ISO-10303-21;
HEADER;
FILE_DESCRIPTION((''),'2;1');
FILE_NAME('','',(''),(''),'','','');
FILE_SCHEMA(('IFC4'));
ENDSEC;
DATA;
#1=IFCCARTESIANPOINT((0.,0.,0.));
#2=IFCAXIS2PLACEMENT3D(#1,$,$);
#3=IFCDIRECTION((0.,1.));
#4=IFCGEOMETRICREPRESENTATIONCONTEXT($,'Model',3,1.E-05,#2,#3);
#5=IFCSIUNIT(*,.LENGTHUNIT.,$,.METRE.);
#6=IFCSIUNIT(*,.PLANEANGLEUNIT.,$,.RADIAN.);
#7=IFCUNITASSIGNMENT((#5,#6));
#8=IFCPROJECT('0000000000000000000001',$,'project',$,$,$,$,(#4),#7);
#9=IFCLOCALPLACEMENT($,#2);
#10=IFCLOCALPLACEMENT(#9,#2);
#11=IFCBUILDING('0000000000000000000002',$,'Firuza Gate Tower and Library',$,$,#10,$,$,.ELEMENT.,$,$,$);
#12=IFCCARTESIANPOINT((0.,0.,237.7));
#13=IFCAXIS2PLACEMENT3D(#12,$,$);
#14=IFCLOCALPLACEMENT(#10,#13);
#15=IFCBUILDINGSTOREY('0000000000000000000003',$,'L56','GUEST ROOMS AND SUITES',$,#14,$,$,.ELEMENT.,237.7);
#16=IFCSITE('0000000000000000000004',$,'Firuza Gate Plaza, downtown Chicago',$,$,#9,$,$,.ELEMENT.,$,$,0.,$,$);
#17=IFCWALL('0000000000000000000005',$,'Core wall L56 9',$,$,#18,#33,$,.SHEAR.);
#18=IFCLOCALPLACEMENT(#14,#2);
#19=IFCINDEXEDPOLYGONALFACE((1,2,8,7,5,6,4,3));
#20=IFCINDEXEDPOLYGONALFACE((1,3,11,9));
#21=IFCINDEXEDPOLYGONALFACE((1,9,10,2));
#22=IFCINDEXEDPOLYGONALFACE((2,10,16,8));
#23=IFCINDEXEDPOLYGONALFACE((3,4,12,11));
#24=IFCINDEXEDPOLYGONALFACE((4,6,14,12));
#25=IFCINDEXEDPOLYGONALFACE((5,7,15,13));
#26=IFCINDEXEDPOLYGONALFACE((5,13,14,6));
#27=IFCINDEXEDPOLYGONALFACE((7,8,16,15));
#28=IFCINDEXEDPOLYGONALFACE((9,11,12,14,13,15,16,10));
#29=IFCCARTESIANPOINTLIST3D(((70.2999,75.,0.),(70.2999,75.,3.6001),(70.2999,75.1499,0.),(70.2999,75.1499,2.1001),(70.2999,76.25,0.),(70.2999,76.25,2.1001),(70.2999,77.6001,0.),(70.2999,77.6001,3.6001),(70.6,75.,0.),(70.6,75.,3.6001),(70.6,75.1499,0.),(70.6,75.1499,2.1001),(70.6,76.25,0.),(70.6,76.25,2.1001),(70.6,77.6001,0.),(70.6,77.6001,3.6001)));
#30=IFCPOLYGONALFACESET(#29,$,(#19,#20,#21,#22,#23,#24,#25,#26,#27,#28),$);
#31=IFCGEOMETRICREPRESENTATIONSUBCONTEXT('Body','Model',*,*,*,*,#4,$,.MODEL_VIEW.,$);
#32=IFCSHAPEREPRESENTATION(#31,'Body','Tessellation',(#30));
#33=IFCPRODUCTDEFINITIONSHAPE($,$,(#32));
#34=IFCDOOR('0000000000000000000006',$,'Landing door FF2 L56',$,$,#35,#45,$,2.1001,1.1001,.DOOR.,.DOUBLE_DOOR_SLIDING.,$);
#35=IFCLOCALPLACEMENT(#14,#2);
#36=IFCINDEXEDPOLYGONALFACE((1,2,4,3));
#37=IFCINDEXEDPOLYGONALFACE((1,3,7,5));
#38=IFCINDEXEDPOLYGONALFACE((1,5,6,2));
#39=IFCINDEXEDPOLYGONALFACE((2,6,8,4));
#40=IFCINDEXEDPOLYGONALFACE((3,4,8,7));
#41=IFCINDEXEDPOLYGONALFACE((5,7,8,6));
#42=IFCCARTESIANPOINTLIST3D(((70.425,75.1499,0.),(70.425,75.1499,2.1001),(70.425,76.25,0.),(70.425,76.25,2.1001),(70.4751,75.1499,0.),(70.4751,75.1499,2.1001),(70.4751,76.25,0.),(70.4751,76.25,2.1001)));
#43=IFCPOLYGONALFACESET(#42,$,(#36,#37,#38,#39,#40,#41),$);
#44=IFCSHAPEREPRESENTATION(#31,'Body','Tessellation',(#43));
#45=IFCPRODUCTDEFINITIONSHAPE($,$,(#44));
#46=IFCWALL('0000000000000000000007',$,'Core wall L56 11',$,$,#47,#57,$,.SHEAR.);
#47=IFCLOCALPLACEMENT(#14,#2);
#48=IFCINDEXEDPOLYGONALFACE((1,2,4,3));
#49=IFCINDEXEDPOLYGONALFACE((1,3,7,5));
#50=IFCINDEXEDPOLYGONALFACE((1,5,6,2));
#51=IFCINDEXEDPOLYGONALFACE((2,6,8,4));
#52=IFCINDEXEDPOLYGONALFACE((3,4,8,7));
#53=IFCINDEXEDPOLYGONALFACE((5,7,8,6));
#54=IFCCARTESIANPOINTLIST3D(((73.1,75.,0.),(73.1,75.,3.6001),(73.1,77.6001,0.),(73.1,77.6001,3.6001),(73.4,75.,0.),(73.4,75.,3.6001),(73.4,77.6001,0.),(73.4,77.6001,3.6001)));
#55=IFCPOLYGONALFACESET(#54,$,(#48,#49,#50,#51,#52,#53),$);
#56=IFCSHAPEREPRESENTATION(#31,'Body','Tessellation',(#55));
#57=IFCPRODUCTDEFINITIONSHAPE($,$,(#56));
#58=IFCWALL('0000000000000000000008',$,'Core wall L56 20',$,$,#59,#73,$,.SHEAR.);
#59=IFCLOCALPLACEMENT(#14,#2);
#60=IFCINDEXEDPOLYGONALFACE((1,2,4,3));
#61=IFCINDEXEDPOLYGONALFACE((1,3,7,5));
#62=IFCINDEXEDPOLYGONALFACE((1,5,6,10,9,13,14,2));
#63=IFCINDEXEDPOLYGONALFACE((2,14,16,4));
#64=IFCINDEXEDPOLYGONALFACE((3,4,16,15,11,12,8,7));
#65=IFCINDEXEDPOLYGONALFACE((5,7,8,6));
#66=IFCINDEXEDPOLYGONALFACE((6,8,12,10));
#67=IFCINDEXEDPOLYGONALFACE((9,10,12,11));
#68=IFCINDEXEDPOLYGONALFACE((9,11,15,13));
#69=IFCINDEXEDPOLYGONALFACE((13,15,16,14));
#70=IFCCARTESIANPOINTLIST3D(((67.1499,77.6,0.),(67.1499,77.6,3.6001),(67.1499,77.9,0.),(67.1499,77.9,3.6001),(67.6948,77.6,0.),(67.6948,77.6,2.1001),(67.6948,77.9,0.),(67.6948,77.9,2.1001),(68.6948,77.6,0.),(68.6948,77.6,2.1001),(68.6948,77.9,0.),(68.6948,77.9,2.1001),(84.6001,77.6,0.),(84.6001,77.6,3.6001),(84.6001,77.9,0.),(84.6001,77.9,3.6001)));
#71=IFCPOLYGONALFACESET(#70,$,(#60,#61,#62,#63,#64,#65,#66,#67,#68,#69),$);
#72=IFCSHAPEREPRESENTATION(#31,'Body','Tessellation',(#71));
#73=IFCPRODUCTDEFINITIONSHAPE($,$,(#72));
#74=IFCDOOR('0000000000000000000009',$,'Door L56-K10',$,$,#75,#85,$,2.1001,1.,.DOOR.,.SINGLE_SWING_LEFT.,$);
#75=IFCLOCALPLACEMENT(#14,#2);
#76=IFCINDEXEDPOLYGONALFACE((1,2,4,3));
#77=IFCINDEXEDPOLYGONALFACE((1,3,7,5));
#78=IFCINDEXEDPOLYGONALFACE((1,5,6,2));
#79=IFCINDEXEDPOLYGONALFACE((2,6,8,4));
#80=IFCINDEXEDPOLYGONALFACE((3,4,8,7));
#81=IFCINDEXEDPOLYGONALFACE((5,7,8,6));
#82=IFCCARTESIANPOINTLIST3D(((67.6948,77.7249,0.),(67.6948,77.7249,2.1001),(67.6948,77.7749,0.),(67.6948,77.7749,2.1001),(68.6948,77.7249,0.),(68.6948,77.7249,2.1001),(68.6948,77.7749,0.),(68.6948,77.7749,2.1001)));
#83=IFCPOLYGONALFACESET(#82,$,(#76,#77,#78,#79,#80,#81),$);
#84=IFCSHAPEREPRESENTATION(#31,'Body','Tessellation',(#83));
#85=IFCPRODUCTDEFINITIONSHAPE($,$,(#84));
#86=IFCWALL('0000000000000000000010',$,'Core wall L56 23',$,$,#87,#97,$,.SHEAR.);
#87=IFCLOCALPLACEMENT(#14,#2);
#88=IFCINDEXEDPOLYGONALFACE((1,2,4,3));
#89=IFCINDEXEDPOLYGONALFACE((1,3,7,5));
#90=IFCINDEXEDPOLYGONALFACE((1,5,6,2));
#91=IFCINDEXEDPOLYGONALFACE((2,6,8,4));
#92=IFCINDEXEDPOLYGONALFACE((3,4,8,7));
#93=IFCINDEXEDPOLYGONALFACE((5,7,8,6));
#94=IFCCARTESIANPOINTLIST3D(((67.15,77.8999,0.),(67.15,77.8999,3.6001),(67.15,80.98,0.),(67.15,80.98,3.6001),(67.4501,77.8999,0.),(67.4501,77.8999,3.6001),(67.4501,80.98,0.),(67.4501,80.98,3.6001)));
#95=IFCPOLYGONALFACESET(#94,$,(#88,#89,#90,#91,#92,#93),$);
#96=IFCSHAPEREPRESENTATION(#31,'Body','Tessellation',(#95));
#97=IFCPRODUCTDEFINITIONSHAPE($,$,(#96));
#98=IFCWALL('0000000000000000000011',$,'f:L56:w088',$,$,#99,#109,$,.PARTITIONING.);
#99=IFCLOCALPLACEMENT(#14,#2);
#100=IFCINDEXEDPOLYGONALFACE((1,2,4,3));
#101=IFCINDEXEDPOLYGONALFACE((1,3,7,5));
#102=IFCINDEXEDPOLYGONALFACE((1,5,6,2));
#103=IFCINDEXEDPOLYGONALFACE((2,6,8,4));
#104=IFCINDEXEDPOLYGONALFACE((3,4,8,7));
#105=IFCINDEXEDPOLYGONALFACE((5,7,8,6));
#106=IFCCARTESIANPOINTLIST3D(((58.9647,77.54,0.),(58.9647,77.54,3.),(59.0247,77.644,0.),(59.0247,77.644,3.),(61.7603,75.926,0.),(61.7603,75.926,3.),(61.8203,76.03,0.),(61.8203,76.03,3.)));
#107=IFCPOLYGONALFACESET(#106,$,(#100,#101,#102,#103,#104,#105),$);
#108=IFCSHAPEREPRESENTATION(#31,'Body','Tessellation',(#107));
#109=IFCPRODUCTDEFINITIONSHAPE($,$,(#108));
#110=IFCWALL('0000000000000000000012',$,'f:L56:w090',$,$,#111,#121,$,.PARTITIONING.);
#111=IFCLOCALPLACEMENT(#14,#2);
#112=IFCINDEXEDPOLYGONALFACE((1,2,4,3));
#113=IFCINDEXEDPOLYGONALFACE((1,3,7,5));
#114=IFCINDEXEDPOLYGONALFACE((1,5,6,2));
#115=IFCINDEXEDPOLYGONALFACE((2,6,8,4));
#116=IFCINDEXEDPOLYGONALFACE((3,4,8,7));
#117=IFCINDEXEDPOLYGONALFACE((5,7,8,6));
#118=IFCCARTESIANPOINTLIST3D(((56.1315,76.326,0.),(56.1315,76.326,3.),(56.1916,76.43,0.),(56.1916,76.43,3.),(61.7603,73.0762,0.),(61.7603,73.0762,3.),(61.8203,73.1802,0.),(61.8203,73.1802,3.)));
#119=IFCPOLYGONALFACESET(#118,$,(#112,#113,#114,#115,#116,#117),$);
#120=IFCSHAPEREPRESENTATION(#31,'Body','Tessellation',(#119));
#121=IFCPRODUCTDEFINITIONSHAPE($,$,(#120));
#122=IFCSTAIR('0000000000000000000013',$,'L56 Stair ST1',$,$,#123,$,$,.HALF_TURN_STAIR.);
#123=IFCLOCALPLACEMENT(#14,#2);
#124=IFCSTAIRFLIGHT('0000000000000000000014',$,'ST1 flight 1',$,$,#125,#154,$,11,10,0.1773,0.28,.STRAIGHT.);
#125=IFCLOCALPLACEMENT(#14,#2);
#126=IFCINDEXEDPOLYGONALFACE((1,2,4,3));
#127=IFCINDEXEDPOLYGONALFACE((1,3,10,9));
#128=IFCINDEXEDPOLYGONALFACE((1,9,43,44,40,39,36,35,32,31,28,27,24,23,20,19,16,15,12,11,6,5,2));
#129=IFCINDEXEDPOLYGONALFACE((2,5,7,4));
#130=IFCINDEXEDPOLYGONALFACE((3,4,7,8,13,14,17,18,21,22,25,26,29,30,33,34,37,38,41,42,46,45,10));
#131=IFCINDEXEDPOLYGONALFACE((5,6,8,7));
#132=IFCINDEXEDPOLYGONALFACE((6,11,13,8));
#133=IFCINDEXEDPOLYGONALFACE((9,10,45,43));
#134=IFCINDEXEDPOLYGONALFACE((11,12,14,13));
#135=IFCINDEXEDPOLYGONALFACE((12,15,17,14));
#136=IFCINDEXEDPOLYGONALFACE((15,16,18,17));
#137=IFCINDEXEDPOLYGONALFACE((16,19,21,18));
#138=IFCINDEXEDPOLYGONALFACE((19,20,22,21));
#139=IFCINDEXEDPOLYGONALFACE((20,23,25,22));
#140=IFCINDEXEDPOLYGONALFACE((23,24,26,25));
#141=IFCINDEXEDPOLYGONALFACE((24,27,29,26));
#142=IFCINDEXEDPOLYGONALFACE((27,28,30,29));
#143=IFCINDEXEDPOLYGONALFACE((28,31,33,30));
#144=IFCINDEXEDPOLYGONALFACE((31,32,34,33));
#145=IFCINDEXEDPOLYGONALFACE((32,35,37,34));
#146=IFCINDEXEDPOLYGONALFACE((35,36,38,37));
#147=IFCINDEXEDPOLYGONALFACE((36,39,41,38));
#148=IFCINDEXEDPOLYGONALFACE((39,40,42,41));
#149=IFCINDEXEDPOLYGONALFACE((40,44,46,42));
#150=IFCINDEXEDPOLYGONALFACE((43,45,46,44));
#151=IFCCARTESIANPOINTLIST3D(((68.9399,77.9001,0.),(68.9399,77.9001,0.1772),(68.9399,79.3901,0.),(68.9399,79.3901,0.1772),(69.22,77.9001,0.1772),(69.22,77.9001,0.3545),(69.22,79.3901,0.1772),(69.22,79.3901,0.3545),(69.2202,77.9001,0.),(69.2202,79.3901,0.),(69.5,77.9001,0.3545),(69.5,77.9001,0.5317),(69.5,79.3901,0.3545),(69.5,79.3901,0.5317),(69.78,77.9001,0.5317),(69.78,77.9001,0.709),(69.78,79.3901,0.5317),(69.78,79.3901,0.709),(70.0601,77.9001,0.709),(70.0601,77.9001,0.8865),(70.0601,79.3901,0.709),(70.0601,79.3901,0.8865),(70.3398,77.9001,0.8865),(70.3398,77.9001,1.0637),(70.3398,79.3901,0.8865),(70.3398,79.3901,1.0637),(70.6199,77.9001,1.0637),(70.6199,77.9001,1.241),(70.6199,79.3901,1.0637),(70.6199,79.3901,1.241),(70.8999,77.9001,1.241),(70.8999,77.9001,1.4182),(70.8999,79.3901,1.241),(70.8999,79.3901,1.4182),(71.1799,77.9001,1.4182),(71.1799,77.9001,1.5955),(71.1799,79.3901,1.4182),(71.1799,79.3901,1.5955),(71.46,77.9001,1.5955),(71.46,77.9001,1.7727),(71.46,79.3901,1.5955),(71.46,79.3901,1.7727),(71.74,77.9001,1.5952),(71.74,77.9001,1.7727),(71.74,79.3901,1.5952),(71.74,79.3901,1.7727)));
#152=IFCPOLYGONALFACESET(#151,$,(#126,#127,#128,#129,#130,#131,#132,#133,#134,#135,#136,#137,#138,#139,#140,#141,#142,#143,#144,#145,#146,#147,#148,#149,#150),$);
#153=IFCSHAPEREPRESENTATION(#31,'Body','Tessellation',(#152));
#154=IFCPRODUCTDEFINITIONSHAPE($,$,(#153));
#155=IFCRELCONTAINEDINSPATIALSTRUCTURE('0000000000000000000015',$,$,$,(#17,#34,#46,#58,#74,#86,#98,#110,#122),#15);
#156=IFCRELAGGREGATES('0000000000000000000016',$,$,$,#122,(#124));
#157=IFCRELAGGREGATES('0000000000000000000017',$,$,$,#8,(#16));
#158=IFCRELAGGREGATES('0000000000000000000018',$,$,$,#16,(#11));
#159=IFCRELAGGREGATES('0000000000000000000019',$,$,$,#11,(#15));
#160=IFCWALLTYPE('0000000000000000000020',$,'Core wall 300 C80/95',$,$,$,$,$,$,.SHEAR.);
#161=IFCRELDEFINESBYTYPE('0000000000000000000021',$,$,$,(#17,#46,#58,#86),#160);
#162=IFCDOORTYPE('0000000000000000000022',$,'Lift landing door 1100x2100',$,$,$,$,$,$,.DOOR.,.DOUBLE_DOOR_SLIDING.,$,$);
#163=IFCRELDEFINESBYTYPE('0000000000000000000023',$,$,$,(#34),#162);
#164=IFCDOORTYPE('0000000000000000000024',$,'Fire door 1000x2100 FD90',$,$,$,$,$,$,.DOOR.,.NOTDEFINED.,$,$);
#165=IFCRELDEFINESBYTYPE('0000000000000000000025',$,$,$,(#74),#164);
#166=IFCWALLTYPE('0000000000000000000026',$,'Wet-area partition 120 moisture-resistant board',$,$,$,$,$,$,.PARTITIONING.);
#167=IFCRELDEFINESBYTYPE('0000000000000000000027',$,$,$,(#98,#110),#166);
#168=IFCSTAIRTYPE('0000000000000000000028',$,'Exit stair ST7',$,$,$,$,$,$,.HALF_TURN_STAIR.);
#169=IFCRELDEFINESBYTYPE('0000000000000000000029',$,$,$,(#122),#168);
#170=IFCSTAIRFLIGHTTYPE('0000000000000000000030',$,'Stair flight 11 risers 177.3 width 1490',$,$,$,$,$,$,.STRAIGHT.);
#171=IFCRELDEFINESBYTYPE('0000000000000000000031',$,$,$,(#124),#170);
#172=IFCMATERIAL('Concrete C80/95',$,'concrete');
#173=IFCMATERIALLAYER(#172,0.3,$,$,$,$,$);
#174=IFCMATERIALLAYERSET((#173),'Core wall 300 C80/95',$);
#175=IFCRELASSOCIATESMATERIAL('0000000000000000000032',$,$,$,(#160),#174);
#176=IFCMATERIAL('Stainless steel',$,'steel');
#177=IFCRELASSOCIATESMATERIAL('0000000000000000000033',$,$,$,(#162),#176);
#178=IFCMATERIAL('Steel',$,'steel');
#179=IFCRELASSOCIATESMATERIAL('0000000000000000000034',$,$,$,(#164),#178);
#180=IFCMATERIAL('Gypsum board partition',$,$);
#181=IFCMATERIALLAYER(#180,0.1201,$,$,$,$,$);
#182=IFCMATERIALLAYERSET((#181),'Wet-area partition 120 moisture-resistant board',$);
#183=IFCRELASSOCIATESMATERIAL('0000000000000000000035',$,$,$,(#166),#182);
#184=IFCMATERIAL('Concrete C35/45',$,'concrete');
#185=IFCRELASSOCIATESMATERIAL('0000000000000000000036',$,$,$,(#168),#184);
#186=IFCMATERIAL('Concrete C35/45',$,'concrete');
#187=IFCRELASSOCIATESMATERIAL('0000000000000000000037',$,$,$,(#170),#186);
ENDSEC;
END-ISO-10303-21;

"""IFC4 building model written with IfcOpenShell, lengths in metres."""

from ifc_helpers import new_model, si_unit, direction, frame, frame_2d, origin, place, context, subcontext, project, spatial, polyline, rectangle, outline, extrude, material, layer, layer_set, type_object, element, fill, aggregate, save


model = new_model("IFC4")

# Units and contexts
model_context = context("Model", 3, precision=1e-05, world=origin(), true_north=direction((0.0, 1.0)))
body_context = subcontext(model_context, "Body", "Model", "MODEL_VIEW")
ifc_project = project(units=[si_unit("LENGTHUNIT", "METRE"), si_unit("PLANEANGLEUNIT", "RADIAN")], contexts=[model_context])

# Site, building, storey
site_placement = place(None, origin())
site = spatial("IfcSite", under=ifc_project, at=site_placement, Name="Firuza Gate Plaza, downtown Chicago", CompositionType="ELEMENT", RefElevation=0.0)
building_placement = place(site_placement, origin())
building = spatial("IfcBuilding", under=site, at=building_placement, Name="Firuza Gate Tower and Library", CompositionType="ELEMENT")
storey_placement = place(building_placement, frame((0.0, 0.0, 237.7)))
storey = spatial("IfcBuildingStorey", under=building, at=storey_placement, Name="L56", Description="GUEST ROOMS AND SUITES", CompositionType="ELEMENT", Elevation=237.7)

# Shared definitions
ifc_material_1 = material(Name="Concrete C80/95", Category="concrete")
ifc_layer_1 = layer(ifc_material_1, 0.3)
ifc_layer_set_1 = layer_set([ifc_layer_1], Name="Core wall 300 C80/95")
wall_type_1 = type_object("IfcWallType", Name="Core wall 300 C80/95", PredefinedType="SHEAR", material=ifc_layer_set_1)
ifc_material_2 = material(Name="Stainless steel", Category="steel")
door_type_1 = type_object("IfcDoorType", Name="Lift landing door 1100x2100", OperationType="DOUBLE_DOOR_SLIDING", PredefinedType="DOOR", material=ifc_material_2)

# Wall, opening, door
wall_1_placement = place(storey_placement, frame((70.45, 75.0, 0.0), z_axis=(0.0, 0.0, 1.0), x_axis=(0.0, 1.0, 0.0)))
wall_1 = element("IfcWall", 1, at=wall_1_placement, inside=storey, type_object=wall_type_1, Name="Core wall L56 9", PredefinedType="SHEAR", context=body_context, shape_type="SweptSolid", body=[
    extrude(rectangle(XDim=2.6001, YDim=0.3, at=frame_2d((1.3, 0.0))), origin(), (0.0, 0.0, 1.0), 3.6001),
])
opening_1_placement = place(wall_1_placement, frame((0.1499, 0.0, 0.0)))
opening_1 = element("IfcOpeningElement", 2, at=opening_1_placement, cuts=wall_1, PredefinedType="OPENING", context=body_context, shape_type="SweptSolid", body=[
    extrude(rectangle(XDim=1.1001, YDim=2.1001, at=frame_2d((0.55, 1.05))), frame((0.0, 0.1602, 0.0), z_axis=(0.0, -1.0, 0.0), x_axis=(1.0, 0.0, 0.0)), (0.0, 0.0, 1.0), 0.3201),
])
door_1_placement = place(opening_1_placement, origin())
door_1 = element("IfcDoor", 3, at=door_1_placement, inside=storey, type_object=door_type_1, Name="Landing door FF2 L56", OperationType="DOUBLE_DOOR_SLIDING", OverallHeight=2.1001, OverallWidth=1.1001, PredefinedType="DOOR", context=body_context, shape_type="SweptSolid", body=[
    extrude(rectangle(XDim=1.1001, YDim=2.1001, at=frame_2d((0.55, 1.05))), frame((0.0, 0.0249, 0.0), z_axis=(0.0, -1.0, 0.0), x_axis=(1.0, 0.0, 0.0)), (0.0, 0.0, 1.0), 0.05),
])
fill(opening_1, door_1)

# Wall
wall_2_placement = place(storey_placement, frame((73.25, 75.0, 0.0), z_axis=(0.0, 0.0, 1.0), x_axis=(0.0, 1.0, 0.0)))
element("IfcWall", 4, at=wall_2_placement, inside=storey, type_object=wall_type_1, Name="Core wall L56 11", PredefinedType="SHEAR", context=body_context, shape_type="SweptSolid", body=[
    extrude(rectangle(XDim=2.6001, YDim=0.3, at=frame_2d((1.3, 0.0))), origin(), (0.0, 0.0, 1.0), 3.6001),
])

# Wall, opening, door
wall_3_placement = place(storey_placement, frame((67.1499, 77.75, 0.0), z_axis=(0.0, 0.0, 1.0), x_axis=(1.0, 0.0, 0.0)))
wall_3 = element("IfcWall", 5, at=wall_3_placement, inside=storey, type_object=wall_type_1, Name="Core wall L56 20", PredefinedType="SHEAR", context=body_context, shape_type="SweptSolid", body=[
    extrude(rectangle(XDim=17.4502, YDim=0.3, at=frame_2d((8.7251, 0.0))), origin(), (0.0, 0.0, 1.0), 3.6001),
])
opening_2_placement = place(wall_3_placement, frame((0.5449, 0.0, 0.0)))
opening_2 = element("IfcOpeningElement", 6, at=opening_2_placement, cuts=wall_3, PredefinedType="OPENING", context=body_context, shape_type="SweptSolid", body=[
    extrude(rectangle(XDim=1.0, YDim=2.1001, at=frame_2d((0.5, 1.05))), frame((0.0, 0.1602, 0.0), z_axis=(0.0, -1.0, 0.0), x_axis=(1.0, 0.0, 0.0)), (0.0, 0.0, 1.0), 0.3201),
])
ifc_material_3 = material(Name="Steel", Category="steel")
door_type_2 = type_object("IfcDoorType", Name="Fire door 1000x2100 FD90", OperationType="NOTDEFINED", PredefinedType="DOOR", material=ifc_material_3)
door_2_placement = place(opening_2_placement, origin())
door_2 = element("IfcDoor", 7, at=door_2_placement, inside=storey, type_object=door_type_2, Name="Door L56-K10", OperationType="SINGLE_SWING_LEFT", OverallHeight=2.1001, OverallWidth=1.0, PredefinedType="DOOR", context=body_context, shape_type="SweptSolid", body=[
    extrude(rectangle(XDim=1.0, YDim=2.1001, at=frame_2d((0.5, 1.05))), frame((0.0, 0.0249, 0.0), z_axis=(0.0, -1.0, 0.0), x_axis=(1.0, 0.0, 0.0)), (0.0, 0.0, 1.0), 0.05),
])
fill(opening_2, door_2)

# Walls
wall_4_placement = place(storey_placement, frame((67.3, 77.8999, 0.0), z_axis=(0.0, 0.0, 1.0), x_axis=(0.0, 1.0, 0.0)))
element("IfcWall", 8, at=wall_4_placement, inside=storey, type_object=wall_type_1, Name="Core wall L56 23", PredefinedType="SHEAR", context=body_context, shape_type="SweptSolid", body=[
    extrude(rectangle(XDim=3.0801, YDim=0.3, at=frame_2d((1.54, 0.0))), origin(), (0.0, 0.0, 1.0), 3.6001),
])
ifc_material_4 = material(Name="Gypsum board partition")
ifc_layer_2 = layer(ifc_material_4, 0.1201)
ifc_layer_set_2 = layer_set([ifc_layer_2], Name="Wet-area partition 120 moisture-resistant board")
wall_type_2 = type_object("IfcWallType", Name="Wet-area partition 120 moisture-resistant board", PredefinedType="PARTITIONING", material=ifc_layer_set_2)
wall_5_placement = place(storey_placement, frame((61.7903, 75.978, 0.0), z_axis=(0.0, 0.0, 1.0), x_axis=(-0.866033, 0.499987, 0.0)))
element("IfcWall", 9, at=wall_5_placement, inside=storey, type_object=wall_type_2, Name="f:L56:w088", PredefinedType="PARTITIONING", context=body_context, shape_type="SweptSolid", body=[
    extrude(rectangle(XDim=3.228, YDim=0.1201, at=frame_2d((1.614, 0.0))), origin(), (0.0, 0.0, 1.0), 3.0),
])
wall_6_placement = place(storey_placement, frame((61.7903, 73.1282, 0.0), z_axis=(0.0, 0.0, 1.0), x_axis=(-0.866022, 0.500005, 0.0)))
element("IfcWall", 10, at=wall_6_placement, inside=storey, type_object=wall_type_2, Name="f:L56:w090", PredefinedType="PARTITIONING", context=body_context, shape_type="SweptSolid", body=[
    extrude(rectangle(XDim=6.4995, YDim=0.1201, at=frame_2d((3.2498, 0.0))), origin(), (0.0, 0.0, 1.0), 3.0),
])

# Stair, stair flight
ifc_material_5 = material(Name="Concrete C35/45", Category="concrete")
stair_type = type_object("IfcStairType", Name="Exit stair ST7", PredefinedType="HALF_TURN_STAIR", material=ifc_material_5)
stair_placement = place(storey_placement, origin())
stair = element("IfcStair", 11, at=stair_placement, inside=storey, type_object=stair_type, Name="L56 Stair ST1", PredefinedType="HALF_TURN_STAIR")
ifc_material_6 = material(Name="Concrete C35/45", Category="concrete")
stair_flight_type = type_object("IfcStairFlightType", Name="Stair flight 11 risers 177.3 width 1490", PredefinedType="STRAIGHT", material=ifc_material_6)
stair_flight_1_placement = place(storey_placement, frame((68.9399, 78.645, 0.0), z_axis=(0.0, 0.0, 1.0), x_axis=(1.0, 0.0, 0.0)))
stair_flight_1 = element("IfcStairFlight", 12, at=stair_flight_1_placement, type_object=stair_flight_type, Name="ST1 flight 1", NumberOfRisers=11, NumberOfTreads=10, PredefinedType="STRAIGHT", RiserHeight=0.1773, TreadLength=0.28, context=body_context, shape_type="SweptSolid", body=[
    extrude(outline(polyline([(0.0, 0.0), (0.0, 0.1772), (0.28, 0.1772), (0.28, 0.3545), (0.5601, 0.3545), (0.5601, 0.5317), (0.8401, 0.5317), (0.8401, 0.709), (1.1201, 0.709), (1.1201, 0.8865), (1.3999, 0.8865), (1.3999, 1.0637), (1.6799, 1.0637), (1.6799, 1.241), (1.96, 1.241), (1.96, 1.4182), (2.24, 1.4182), (2.24, 1.5955), (2.52, 1.5955), (2.52, 1.7727), (2.8, 1.7727), (2.8, 1.95), (2.8, 1.5952), (0.2803, 0.0), (0.0, 0.0)])), frame((0.0, 0.7451, 0.0), z_axis=(0.0, -1.0, 0.0), x_axis=(1.0, 0.0, 0.0)), (0.0, 0.0, 1.0), 1.49),
])
aggregate(stair, [stair_flight_1])

save(model, "model.ifc")
